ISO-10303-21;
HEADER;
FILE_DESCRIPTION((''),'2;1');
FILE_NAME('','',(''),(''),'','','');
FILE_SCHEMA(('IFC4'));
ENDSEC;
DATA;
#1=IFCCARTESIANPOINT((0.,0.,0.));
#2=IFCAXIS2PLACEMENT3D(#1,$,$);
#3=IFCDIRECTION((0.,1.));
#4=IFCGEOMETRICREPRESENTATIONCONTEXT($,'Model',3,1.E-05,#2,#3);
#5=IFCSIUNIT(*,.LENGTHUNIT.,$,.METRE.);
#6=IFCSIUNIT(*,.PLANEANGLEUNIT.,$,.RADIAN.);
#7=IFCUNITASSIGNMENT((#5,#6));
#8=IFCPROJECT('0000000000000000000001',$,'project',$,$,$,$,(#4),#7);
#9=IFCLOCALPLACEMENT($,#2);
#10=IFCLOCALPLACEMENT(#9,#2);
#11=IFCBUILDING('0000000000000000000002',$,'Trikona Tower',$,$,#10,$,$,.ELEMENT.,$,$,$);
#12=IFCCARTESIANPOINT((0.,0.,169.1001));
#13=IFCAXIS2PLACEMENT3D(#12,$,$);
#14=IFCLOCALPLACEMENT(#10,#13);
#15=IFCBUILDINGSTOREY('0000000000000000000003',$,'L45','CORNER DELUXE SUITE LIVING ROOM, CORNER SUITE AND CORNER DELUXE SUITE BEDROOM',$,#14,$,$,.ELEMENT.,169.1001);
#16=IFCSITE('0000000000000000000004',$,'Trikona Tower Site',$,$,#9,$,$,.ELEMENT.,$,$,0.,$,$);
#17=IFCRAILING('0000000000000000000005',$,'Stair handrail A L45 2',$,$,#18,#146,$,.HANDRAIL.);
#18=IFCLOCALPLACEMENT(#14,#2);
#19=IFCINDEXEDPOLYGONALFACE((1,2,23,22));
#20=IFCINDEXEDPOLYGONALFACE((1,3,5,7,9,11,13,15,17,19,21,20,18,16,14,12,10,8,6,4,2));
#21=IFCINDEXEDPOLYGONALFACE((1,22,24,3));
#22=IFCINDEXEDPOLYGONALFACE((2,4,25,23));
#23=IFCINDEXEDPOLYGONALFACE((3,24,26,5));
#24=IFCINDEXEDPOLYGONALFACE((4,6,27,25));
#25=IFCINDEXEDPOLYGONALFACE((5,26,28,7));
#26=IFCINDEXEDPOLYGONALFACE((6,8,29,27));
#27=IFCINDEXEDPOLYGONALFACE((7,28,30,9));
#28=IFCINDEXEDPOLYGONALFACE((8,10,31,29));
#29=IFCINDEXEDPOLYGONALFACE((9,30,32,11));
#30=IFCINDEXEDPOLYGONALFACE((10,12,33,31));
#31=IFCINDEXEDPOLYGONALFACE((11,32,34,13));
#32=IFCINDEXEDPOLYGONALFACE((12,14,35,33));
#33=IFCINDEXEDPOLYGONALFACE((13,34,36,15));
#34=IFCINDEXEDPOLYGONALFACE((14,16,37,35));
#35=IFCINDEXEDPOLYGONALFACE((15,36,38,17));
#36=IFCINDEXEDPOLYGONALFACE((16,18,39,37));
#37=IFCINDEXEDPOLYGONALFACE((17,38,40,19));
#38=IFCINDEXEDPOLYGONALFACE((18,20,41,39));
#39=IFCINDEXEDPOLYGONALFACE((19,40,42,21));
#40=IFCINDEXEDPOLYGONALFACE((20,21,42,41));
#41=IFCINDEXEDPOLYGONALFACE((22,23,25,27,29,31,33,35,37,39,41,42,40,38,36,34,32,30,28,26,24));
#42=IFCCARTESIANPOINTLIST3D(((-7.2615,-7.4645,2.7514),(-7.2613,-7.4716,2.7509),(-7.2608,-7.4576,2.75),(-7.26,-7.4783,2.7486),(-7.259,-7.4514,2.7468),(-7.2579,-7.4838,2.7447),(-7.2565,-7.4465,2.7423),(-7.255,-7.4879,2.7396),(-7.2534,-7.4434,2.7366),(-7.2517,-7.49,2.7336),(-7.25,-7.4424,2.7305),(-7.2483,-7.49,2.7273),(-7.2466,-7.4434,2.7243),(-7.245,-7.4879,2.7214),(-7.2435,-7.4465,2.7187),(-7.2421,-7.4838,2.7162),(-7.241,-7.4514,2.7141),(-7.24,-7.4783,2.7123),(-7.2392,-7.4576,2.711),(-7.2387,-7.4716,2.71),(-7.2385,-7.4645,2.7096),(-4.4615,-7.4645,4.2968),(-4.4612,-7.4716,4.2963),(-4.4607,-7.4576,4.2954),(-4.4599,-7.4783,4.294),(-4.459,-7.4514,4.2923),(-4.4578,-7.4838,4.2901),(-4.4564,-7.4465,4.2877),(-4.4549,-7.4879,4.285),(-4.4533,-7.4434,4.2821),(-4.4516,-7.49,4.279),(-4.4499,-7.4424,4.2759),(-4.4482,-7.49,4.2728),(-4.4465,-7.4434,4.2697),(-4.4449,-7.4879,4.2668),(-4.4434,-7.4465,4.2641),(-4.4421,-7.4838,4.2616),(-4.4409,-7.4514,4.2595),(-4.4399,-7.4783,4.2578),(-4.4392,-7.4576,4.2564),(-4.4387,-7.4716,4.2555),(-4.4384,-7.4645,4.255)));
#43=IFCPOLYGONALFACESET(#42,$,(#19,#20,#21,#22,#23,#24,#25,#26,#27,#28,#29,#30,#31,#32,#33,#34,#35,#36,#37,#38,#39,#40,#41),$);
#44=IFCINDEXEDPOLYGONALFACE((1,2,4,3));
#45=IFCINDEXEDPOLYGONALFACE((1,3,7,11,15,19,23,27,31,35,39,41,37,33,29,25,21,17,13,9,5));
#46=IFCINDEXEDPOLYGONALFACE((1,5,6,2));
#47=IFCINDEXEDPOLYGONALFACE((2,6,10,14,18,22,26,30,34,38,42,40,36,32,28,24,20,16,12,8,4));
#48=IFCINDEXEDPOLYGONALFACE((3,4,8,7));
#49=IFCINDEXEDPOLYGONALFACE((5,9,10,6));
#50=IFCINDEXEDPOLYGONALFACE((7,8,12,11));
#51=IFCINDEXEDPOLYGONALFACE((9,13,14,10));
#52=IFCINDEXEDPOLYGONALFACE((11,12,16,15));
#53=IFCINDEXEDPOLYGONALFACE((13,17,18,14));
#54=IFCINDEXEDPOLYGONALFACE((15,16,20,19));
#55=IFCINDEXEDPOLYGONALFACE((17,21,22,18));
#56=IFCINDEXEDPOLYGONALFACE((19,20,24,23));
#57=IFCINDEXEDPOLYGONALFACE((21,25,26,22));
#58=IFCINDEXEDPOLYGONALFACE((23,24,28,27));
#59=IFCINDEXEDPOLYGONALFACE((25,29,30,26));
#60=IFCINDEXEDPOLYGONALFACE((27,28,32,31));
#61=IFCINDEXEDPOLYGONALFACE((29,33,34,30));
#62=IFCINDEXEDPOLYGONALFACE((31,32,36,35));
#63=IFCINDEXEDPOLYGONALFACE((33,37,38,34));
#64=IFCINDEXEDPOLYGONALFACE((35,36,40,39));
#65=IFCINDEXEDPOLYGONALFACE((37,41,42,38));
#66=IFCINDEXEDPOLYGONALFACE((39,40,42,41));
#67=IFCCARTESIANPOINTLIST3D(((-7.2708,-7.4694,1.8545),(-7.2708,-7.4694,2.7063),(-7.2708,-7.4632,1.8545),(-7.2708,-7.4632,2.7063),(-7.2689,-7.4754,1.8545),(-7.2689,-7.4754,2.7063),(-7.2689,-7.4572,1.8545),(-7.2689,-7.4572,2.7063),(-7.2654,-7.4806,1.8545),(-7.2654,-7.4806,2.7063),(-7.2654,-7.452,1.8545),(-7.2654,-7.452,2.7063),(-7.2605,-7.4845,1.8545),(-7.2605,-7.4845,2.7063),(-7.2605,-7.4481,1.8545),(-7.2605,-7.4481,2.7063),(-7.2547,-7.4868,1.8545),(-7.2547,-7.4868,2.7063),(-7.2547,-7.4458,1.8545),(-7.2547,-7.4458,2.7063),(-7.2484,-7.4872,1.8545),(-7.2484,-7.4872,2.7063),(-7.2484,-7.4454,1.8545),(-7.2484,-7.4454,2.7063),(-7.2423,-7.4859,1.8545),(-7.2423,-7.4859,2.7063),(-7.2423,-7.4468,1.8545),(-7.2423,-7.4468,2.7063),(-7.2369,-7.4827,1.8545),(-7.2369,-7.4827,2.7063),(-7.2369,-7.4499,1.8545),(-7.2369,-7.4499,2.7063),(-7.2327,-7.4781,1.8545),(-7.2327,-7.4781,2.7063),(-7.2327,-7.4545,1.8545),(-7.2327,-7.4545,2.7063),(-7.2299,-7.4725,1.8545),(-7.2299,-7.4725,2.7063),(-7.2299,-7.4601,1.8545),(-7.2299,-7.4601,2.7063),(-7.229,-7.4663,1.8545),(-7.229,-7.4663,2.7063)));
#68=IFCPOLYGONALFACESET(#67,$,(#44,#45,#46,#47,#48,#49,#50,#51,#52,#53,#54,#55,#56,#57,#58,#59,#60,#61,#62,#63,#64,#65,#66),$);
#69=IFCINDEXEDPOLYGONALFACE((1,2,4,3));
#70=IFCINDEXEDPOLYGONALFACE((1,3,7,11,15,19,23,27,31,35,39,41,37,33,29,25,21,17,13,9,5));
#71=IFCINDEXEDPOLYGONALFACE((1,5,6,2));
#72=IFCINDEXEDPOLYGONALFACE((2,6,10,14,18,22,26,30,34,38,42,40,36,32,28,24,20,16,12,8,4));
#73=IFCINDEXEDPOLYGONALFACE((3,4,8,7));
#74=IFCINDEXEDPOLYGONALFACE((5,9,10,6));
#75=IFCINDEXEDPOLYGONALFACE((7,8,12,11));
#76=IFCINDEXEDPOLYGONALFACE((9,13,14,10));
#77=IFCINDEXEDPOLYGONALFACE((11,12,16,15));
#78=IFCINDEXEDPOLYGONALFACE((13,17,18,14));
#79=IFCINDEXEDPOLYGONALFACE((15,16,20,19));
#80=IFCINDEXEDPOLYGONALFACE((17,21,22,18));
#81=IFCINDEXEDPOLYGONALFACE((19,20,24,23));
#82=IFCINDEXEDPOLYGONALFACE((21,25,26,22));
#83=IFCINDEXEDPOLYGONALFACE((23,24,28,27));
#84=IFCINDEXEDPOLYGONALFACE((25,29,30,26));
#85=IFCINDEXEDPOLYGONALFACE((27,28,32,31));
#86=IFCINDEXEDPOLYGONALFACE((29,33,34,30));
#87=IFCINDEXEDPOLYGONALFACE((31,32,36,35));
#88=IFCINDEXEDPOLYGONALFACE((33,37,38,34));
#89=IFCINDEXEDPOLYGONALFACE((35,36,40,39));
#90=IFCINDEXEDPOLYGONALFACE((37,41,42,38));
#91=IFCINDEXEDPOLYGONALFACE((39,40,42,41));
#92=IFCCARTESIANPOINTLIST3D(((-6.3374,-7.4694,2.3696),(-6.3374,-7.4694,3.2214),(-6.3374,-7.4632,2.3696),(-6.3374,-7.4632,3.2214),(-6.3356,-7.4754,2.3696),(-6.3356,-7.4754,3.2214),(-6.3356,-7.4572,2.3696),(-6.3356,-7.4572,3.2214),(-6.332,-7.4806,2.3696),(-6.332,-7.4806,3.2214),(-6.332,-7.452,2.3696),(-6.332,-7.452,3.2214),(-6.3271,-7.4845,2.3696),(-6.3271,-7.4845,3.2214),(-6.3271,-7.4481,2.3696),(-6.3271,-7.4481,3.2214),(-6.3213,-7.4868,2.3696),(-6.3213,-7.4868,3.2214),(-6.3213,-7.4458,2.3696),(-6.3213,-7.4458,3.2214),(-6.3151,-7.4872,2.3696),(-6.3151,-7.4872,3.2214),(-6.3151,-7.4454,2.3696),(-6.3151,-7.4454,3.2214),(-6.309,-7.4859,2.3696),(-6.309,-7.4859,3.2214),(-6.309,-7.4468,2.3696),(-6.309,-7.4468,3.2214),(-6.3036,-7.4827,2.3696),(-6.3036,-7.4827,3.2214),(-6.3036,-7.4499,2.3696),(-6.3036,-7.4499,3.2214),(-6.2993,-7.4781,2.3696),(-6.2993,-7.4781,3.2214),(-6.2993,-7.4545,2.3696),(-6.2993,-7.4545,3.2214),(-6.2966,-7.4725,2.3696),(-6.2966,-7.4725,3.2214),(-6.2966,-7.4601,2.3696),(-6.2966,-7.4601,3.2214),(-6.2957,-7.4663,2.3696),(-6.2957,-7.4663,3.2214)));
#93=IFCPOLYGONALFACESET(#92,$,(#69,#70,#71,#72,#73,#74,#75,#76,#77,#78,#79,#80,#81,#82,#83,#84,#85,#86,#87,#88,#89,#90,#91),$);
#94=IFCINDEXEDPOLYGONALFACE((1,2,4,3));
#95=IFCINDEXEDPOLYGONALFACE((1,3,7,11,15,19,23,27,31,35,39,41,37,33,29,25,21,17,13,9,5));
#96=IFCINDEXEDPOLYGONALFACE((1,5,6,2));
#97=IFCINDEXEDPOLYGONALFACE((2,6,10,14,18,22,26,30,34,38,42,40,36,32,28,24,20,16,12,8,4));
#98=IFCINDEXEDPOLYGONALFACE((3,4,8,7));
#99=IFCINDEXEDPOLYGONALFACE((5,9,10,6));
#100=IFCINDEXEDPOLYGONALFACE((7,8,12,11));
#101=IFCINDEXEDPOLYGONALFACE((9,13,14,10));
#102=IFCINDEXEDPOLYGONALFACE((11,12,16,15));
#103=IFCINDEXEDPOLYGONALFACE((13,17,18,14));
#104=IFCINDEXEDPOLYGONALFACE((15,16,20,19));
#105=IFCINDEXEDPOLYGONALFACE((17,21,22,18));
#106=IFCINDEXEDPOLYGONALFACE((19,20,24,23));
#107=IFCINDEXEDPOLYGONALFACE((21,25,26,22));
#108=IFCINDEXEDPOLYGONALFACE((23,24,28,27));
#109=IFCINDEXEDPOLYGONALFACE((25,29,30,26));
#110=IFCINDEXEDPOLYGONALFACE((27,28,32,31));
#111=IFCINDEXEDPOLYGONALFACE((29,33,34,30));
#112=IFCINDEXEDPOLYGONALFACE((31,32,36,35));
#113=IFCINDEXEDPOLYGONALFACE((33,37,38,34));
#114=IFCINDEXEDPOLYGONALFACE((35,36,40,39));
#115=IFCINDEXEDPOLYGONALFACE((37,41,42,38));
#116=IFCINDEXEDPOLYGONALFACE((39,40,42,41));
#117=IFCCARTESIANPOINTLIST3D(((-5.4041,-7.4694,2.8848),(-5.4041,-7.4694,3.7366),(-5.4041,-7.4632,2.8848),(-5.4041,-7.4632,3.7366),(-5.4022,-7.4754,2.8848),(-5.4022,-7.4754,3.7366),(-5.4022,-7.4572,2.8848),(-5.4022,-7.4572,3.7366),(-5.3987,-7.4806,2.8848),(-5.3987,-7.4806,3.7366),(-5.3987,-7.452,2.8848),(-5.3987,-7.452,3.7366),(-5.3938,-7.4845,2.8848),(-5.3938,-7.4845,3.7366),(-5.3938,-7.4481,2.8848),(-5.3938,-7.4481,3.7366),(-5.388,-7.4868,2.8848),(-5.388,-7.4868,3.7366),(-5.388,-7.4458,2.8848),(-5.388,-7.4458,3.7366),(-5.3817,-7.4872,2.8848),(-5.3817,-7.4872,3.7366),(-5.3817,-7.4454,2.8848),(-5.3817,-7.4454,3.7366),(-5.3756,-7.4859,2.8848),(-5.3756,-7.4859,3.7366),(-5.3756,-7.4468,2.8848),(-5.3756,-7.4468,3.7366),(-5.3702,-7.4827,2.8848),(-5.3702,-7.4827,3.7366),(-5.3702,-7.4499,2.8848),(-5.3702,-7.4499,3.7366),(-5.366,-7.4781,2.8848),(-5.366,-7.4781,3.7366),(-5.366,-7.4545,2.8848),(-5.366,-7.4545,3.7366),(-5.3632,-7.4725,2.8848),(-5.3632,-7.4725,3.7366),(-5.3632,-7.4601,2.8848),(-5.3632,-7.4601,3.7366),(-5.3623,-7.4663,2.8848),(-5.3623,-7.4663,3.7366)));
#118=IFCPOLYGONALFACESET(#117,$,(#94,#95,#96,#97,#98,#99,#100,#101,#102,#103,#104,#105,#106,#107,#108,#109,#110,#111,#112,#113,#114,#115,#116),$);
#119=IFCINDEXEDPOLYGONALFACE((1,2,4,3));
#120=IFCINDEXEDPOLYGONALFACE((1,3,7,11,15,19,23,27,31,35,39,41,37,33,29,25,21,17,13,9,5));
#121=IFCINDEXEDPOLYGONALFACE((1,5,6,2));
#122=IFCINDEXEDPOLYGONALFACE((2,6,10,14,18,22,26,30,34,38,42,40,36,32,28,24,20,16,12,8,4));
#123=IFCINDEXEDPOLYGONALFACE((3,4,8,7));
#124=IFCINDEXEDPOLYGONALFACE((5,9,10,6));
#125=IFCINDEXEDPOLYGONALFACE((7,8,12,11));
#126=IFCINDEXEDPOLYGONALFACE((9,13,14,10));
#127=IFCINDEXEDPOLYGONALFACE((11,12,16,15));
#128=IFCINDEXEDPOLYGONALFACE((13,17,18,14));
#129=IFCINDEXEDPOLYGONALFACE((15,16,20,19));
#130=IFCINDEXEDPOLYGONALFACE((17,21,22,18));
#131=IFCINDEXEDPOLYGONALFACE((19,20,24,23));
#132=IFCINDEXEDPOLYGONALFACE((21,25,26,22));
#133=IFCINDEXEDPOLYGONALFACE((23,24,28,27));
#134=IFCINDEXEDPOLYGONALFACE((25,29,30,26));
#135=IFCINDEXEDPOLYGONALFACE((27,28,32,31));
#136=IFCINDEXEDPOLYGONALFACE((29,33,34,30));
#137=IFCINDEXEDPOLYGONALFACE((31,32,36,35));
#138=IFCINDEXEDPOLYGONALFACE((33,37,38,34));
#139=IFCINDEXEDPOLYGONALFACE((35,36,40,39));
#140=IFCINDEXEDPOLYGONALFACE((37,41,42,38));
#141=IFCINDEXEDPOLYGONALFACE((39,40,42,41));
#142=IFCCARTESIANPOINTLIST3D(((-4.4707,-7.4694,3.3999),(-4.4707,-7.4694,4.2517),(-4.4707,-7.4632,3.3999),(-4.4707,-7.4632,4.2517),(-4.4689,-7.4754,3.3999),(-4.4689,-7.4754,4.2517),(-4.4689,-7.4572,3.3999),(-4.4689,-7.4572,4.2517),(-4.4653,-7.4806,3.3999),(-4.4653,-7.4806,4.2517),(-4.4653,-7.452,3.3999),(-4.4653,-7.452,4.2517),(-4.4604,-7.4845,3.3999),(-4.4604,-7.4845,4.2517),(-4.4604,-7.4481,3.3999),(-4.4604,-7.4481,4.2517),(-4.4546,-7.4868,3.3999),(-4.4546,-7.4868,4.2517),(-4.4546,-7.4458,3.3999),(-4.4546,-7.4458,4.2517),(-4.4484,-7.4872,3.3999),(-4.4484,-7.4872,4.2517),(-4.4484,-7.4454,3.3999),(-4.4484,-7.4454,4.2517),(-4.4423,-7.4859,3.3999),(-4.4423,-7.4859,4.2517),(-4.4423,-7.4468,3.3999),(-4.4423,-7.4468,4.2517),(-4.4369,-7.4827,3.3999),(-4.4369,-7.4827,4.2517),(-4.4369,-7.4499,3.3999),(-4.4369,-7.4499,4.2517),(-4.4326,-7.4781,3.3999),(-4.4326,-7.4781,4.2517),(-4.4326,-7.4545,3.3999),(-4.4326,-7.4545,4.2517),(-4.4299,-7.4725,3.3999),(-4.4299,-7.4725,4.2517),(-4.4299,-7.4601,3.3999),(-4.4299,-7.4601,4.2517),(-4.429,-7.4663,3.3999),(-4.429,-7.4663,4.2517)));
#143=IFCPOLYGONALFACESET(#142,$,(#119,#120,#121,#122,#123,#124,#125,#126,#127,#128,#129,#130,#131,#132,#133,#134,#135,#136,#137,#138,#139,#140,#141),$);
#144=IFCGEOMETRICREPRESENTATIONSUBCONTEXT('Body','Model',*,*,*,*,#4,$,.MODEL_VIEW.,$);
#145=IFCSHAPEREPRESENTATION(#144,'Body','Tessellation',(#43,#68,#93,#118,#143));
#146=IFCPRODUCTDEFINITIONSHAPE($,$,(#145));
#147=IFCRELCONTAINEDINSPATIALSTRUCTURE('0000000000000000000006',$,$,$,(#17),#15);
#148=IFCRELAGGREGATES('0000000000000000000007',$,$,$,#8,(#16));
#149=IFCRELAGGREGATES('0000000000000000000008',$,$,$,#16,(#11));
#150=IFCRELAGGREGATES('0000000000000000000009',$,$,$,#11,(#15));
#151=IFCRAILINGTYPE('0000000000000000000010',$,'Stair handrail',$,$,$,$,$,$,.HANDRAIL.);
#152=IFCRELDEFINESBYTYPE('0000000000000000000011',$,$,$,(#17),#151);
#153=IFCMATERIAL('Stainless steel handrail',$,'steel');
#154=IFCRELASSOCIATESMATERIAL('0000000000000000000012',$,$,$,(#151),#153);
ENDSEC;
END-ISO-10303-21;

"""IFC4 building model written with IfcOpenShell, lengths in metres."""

from ifc_helpers import new_model, si_unit, direction, frame, origin, origin_2d, place, context, subcontext, project, spatial, circle, extrude, material, type_object, element, save


model = new_model("IFC4")

# Units and contexts
model_context = context("Model", 3, precision=1e-05, world=origin(), true_north=direction((0.0, 1.0)))
body_context = subcontext(model_context, "Body", "Model", "MODEL_VIEW")
ifc_project = project(units=[si_unit("LENGTHUNIT", "METRE"), si_unit("PLANEANGLEUNIT", "RADIAN")], contexts=[model_context])

# Site, building, storey
site_placement = place(None, origin())
site = spatial("IfcSite", under=ifc_project, at=site_placement, Name="Trikona Tower Site", CompositionType="ELEMENT", RefElevation=0.0)
building_placement = place(site_placement, origin())
building = spatial("IfcBuilding", under=site, at=building_placement, Name="Trikona Tower", CompositionType="ELEMENT")
storey_placement = place(building_placement, frame((0.0, 0.0, 169.1001)))
storey = spatial("IfcBuildingStorey", under=building, at=storey_placement, Name="L45", Description="CORNER DELUXE SUITE LIVING ROOM, CORNER SUITE AND CORNER DELUXE SUITE BEDROOM", CompositionType="ELEMENT", Elevation=169.1001)

# Railing
ifc_material_1 = material(Name="Stainless steel handrail", Category="steel")
railing_type = type_object("IfcRailingType", Name="Stair handrail", PredefinedType="HANDRAIL", material=ifc_material_1)
railing_1_placement = place(storey_placement, frame((-7.25, -7.4663, 1.8545)))
element("IfcRailing", 1, at=railing_1_placement, inside=storey, type_object=railing_type, Name="Stair handrail A L45 2", PredefinedType="HANDRAIL", context=body_context, shape_type="SweptSolid", body=[
    extrude(circle(Radius=0.0239, at=origin_2d()), frame((0.0, 0.0, 0.876), z_axis=(0.875504, 0.0, 0.483211), x_axis=(0.0, 1.0, 0.0)), (0.0, 0.0, 1.0), 3.1982),
    extrude(circle(Radius=0.021, at=origin_2d()), origin(), (0.0, 0.0, 1.0), 0.8518),
    extrude(circle(Radius=0.021, at=origin_2d()), frame((0.9333, 0.0, 0.5151)), (0.0, 0.0, 1.0), 0.8518),
    extrude(circle(Radius=0.021, at=origin_2d()), frame((1.8667, 0.0, 1.0303)), (0.0, 0.0, 1.0), 0.8518),
    extrude(circle(Radius=0.021, at=origin_2d()), frame((2.8, 0.0, 1.5454)), (0.0, 0.0, 1.0), 0.8518),
])

save(model, "model.ifc")
